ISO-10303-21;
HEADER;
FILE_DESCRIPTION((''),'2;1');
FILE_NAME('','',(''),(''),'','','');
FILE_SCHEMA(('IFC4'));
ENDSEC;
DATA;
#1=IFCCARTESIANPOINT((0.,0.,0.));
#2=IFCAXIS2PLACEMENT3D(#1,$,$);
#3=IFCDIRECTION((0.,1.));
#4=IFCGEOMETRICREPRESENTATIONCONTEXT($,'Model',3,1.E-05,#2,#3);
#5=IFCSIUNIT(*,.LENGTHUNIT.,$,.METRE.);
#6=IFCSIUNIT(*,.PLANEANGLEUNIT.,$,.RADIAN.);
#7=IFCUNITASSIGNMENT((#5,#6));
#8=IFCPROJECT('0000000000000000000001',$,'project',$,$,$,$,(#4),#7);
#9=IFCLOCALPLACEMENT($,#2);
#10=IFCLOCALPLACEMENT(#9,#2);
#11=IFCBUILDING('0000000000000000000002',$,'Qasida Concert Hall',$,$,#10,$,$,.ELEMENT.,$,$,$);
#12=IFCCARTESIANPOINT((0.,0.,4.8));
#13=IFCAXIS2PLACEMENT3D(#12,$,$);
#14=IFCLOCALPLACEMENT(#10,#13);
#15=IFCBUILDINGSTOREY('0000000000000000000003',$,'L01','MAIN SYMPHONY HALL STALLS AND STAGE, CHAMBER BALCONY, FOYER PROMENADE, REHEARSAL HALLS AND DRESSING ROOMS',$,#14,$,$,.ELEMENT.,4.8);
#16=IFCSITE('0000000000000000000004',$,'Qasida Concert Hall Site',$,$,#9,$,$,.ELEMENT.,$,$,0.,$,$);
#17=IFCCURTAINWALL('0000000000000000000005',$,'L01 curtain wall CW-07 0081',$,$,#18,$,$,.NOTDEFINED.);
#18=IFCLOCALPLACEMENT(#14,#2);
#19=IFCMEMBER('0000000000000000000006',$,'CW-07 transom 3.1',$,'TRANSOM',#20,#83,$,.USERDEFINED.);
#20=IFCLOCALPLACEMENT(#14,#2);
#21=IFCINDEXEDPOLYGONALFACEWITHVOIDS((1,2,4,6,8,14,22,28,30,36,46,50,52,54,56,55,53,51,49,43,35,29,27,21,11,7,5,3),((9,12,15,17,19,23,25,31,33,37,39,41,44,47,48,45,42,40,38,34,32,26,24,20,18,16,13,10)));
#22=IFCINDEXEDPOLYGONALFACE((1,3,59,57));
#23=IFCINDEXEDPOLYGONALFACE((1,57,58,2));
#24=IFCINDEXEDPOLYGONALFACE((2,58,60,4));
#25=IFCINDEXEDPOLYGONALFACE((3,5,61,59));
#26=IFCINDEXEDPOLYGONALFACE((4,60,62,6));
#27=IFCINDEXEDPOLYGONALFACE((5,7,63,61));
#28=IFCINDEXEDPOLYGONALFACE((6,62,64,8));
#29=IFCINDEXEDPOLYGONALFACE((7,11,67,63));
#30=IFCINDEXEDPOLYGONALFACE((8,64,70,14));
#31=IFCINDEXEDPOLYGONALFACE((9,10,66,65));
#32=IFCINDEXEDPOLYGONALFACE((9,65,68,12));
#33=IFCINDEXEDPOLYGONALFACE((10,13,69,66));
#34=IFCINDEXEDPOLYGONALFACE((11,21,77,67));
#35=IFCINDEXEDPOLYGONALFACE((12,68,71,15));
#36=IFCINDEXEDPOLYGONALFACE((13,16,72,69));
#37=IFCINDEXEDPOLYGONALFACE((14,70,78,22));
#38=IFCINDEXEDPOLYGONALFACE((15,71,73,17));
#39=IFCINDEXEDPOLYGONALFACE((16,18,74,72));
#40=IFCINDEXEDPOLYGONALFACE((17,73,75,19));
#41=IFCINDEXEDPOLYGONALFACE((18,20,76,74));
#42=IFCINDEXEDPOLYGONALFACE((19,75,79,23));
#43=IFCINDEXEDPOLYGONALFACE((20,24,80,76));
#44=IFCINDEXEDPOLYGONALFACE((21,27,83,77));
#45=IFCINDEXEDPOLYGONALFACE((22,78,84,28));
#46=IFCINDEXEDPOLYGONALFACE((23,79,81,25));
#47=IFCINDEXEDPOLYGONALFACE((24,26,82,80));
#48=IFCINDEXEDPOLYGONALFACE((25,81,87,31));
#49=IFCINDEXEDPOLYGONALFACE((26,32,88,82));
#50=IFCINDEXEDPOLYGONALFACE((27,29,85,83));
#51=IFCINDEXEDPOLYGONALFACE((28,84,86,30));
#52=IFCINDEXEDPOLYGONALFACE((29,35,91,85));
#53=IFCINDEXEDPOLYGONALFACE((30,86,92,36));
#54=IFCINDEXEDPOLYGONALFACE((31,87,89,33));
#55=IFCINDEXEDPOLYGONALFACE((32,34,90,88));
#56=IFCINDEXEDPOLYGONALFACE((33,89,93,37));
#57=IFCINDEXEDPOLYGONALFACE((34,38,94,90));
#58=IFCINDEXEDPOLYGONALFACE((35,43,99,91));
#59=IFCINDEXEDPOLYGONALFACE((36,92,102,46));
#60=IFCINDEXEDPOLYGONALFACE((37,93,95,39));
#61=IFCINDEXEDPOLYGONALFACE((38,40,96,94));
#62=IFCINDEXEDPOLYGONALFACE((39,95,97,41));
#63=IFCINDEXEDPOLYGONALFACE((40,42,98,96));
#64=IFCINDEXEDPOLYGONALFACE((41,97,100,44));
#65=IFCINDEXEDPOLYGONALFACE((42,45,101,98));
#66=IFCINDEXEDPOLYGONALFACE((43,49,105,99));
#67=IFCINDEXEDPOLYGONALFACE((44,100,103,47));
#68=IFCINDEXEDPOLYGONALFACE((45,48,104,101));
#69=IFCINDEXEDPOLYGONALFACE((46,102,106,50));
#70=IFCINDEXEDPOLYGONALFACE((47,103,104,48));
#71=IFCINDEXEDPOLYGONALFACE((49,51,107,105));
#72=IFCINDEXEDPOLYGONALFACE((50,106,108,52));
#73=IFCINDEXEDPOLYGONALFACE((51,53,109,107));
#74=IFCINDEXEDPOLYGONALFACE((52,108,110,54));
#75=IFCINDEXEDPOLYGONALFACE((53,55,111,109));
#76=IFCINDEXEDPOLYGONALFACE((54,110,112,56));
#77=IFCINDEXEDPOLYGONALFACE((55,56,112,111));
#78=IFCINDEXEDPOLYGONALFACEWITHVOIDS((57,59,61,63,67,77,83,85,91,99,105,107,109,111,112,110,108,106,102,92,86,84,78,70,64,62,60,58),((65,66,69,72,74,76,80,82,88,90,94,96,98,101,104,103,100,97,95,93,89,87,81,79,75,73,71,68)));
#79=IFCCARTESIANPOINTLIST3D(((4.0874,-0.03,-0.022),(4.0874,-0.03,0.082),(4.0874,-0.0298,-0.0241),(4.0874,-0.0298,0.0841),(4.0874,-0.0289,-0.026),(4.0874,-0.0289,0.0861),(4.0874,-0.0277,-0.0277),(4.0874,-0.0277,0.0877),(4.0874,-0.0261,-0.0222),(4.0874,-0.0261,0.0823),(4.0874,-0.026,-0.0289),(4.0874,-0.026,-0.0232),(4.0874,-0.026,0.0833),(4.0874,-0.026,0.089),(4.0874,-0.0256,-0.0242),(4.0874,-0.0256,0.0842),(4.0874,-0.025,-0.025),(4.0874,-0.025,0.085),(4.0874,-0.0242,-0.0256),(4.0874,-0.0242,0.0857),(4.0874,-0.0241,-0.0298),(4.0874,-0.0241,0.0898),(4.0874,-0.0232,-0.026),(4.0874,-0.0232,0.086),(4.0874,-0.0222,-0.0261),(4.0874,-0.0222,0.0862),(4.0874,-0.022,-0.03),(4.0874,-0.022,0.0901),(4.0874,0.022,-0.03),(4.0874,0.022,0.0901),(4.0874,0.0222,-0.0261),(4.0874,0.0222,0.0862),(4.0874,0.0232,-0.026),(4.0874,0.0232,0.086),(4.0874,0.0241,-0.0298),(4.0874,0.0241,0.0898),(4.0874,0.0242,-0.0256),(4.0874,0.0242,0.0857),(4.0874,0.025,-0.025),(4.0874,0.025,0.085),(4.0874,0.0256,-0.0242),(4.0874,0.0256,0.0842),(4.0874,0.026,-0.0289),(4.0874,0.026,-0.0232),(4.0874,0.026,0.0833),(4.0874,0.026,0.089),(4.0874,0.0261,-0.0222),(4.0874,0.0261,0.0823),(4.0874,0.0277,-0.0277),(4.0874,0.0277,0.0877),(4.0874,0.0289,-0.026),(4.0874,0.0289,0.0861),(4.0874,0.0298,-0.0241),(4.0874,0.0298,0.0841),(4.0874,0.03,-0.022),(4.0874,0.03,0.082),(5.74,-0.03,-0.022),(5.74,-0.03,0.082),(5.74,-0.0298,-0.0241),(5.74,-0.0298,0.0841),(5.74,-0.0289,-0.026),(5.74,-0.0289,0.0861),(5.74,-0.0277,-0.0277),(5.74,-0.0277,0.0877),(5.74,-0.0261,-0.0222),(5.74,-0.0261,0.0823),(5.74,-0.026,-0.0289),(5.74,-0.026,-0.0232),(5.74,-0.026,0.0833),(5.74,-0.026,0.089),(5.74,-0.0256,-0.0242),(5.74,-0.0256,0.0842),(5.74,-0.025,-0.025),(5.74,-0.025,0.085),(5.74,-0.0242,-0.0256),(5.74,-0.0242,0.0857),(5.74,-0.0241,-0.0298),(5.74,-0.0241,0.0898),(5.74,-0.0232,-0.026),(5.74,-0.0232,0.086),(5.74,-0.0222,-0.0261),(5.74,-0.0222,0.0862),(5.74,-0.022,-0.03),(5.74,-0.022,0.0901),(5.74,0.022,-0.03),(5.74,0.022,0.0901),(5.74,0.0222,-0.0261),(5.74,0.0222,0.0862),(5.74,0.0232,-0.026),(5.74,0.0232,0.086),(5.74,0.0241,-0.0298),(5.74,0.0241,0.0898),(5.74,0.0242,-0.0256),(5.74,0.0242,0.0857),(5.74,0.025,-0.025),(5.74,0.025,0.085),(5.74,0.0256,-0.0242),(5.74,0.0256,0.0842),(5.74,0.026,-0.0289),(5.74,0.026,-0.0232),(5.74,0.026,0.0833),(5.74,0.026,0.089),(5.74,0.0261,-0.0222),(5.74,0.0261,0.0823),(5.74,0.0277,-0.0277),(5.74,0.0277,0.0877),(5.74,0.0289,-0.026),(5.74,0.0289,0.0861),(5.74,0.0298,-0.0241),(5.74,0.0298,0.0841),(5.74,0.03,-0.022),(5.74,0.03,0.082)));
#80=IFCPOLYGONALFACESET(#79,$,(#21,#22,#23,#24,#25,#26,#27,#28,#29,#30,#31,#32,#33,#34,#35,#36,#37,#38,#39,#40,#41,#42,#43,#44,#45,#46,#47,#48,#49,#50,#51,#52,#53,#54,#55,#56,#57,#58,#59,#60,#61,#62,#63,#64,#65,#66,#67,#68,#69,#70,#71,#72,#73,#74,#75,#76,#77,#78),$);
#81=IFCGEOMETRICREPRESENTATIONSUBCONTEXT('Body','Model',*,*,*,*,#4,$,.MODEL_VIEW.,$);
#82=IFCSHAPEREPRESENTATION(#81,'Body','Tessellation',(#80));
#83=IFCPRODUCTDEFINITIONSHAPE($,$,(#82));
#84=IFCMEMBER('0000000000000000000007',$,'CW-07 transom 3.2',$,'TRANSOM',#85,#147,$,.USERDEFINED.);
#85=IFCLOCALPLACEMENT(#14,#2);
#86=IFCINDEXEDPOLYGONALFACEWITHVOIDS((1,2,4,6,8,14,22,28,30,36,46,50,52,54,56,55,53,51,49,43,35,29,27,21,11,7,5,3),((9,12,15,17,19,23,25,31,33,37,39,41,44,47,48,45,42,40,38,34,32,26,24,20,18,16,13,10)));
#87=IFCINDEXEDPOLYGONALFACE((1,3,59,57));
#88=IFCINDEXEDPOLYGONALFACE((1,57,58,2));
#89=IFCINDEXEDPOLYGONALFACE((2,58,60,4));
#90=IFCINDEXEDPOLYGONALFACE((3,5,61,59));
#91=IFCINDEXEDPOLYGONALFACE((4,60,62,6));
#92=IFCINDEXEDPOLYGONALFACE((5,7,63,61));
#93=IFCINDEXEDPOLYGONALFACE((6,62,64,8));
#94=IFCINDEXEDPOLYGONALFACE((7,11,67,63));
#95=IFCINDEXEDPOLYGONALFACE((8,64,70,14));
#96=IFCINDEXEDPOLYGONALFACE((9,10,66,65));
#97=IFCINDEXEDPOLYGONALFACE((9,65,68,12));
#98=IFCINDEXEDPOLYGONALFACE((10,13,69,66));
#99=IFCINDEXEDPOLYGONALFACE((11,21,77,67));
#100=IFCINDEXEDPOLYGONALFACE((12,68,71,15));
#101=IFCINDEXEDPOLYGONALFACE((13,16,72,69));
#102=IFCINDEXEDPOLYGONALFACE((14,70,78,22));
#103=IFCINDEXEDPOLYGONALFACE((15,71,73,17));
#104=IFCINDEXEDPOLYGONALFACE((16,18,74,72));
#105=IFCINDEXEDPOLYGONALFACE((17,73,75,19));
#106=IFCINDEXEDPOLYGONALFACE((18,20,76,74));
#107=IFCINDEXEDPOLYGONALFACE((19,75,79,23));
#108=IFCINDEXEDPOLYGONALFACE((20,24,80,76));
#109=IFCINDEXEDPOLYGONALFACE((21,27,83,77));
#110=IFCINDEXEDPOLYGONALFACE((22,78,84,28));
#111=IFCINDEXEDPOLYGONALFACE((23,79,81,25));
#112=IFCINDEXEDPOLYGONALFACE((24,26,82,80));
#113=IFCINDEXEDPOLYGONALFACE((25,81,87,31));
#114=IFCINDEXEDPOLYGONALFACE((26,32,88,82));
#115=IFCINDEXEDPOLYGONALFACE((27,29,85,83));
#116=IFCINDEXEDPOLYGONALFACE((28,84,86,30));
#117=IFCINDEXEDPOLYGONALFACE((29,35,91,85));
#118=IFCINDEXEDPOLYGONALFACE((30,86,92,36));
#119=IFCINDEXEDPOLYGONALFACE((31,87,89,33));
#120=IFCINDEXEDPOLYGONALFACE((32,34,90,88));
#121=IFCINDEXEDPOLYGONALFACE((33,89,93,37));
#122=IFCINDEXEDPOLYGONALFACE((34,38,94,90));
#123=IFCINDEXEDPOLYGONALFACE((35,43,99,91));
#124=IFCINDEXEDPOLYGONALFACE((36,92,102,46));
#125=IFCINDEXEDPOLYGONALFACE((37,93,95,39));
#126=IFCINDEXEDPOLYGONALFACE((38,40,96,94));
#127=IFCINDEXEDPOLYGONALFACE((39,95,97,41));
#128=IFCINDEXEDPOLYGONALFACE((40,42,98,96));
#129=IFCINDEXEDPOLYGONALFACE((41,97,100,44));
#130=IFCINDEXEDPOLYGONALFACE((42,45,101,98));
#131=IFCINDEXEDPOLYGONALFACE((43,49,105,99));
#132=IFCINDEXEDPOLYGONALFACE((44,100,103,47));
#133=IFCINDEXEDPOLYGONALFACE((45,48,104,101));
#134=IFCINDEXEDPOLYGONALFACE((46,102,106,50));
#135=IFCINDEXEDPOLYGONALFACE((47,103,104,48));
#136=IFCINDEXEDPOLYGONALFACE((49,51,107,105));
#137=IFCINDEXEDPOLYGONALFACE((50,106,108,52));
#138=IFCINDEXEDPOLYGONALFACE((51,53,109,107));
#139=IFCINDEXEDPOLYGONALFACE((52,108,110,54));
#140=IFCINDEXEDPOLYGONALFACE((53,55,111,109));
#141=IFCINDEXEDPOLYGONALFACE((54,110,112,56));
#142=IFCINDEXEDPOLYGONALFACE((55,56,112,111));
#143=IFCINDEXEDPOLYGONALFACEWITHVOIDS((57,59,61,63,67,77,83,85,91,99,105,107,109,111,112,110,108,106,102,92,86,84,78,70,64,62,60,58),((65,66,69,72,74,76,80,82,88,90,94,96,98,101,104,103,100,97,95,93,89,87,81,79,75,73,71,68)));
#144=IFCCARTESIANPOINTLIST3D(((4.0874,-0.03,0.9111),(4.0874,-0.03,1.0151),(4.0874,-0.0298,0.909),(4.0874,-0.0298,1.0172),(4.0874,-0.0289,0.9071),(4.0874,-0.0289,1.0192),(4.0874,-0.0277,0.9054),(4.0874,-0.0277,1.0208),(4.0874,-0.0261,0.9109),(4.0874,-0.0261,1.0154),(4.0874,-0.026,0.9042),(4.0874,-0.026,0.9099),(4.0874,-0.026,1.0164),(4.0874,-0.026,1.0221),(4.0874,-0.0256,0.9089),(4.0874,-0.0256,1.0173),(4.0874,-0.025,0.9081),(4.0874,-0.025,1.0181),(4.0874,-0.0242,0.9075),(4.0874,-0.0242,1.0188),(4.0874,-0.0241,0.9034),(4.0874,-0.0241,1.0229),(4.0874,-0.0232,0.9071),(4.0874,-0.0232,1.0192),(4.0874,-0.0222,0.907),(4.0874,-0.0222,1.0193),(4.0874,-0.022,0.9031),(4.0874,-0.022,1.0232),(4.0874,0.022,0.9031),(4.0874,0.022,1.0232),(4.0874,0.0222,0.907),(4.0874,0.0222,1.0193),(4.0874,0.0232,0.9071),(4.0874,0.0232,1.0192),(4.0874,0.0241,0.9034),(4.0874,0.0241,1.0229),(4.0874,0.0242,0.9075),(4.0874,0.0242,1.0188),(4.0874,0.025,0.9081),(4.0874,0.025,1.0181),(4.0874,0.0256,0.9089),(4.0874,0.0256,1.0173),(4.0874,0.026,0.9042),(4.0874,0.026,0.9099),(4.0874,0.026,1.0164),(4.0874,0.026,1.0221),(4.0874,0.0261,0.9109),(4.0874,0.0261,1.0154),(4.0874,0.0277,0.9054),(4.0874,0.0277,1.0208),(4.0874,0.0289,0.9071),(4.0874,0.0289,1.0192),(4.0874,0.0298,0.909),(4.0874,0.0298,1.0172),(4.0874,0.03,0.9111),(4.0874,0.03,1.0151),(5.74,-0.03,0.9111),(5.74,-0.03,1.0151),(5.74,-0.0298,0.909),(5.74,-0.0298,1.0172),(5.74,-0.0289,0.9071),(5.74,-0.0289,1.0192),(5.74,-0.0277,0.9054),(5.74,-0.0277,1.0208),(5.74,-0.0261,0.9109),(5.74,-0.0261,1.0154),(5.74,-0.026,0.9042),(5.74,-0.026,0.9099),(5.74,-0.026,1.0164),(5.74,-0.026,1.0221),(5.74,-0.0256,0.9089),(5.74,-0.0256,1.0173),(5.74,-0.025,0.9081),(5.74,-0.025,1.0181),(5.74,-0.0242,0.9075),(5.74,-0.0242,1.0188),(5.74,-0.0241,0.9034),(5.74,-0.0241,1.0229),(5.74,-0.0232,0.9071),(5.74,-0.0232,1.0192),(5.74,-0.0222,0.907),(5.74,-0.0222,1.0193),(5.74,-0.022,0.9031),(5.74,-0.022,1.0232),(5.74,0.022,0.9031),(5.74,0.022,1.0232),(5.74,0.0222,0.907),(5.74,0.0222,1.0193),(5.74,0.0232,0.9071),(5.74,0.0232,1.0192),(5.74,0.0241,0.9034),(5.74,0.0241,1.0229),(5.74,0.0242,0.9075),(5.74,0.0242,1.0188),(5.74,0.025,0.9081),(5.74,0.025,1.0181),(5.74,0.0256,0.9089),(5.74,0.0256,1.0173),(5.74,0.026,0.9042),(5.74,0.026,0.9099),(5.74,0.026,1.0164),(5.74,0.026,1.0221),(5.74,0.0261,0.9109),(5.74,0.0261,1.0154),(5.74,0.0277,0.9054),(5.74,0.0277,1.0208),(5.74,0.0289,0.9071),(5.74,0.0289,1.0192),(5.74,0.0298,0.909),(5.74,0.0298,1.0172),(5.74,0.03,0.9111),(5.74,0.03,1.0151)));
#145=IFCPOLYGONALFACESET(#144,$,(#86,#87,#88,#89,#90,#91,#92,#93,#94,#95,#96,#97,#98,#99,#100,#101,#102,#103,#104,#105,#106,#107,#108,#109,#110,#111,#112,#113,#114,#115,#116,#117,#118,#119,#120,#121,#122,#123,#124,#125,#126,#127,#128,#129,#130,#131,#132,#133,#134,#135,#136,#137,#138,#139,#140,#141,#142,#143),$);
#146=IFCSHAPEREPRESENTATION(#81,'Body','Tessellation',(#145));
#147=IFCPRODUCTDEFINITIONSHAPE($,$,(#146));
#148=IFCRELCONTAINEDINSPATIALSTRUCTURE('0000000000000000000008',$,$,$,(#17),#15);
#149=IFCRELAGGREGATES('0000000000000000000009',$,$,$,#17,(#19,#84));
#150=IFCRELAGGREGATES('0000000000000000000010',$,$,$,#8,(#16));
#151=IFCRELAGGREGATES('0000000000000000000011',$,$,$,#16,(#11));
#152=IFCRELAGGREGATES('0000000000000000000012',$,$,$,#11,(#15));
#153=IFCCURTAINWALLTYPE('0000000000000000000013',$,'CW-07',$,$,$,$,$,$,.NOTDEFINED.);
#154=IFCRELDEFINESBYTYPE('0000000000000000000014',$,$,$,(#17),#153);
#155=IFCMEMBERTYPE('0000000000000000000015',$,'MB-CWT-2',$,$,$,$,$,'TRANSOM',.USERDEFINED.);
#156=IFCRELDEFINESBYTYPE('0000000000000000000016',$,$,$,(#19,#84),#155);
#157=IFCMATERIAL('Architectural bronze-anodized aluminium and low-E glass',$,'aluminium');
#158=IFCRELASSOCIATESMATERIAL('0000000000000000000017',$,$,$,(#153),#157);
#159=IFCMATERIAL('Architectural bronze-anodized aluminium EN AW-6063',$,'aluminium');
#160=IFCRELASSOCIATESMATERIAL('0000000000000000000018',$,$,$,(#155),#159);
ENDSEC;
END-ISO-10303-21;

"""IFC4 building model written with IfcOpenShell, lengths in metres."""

from ifc_helpers import new_model, si_unit, direction, frame, origin, origin_2d, place, context, subcontext, project, spatial, hollow_rectangle, extrude, material, material_profile, profile_set, type_object, element, aggregate, save


model = new_model("IFC4")

# Units and contexts
model_context = context("Model", 3, precision=1e-05, world=origin(), true_north=direction((0.0, 1.0)))
body_context = subcontext(model_context, "Body", "Model", "MODEL_VIEW")
ifc_project = project(units=[si_unit("LENGTHUNIT", "METRE"), si_unit("PLANEANGLEUNIT", "RADIAN")], contexts=[model_context])

# Site, building, storey
site_placement = place(None, origin())
site = spatial("IfcSite", under=ifc_project, at=site_placement, Name="Qasida Concert Hall Site", CompositionType="ELEMENT", RefElevation=0.0)
building_placement = place(site_placement, origin())
building = spatial("IfcBuilding", under=site, at=building_placement, Name="Qasida Concert Hall", CompositionType="ELEMENT")
storey_placement = place(building_placement, frame((0.0, 0.0, 4.8)))
storey = spatial("IfcBuildingStorey", under=building, at=storey_placement, Name="L01", Description="MAIN SYMPHONY HALL STALLS AND STAGE, CHAMBER BALCONY, FOYER PROMENADE, REHEARSAL HALLS AND DRESSING ROOMS", CompositionType="ELEMENT", Elevation=4.8)

# Curtain wall, members
ifc_material_1 = material(Name="Architectural bronze-anodized aluminium and low-E glass", Category="aluminium")
curtain_wall_type = type_object("IfcCurtainWallType", Name="CW-07", PredefinedType="NOTDEFINED", material=ifc_material_1)
curtain_wall_placement = place(storey_placement, origin())
curtain_wall = element("IfcCurtainWall", 1, at=curtain_wall_placement, inside=storey, type_object=curtain_wall_type, Name="L01 curtain wall CW-07 0081", PredefinedType="NOTDEFINED")
ifc_material_2 = material(Name="Architectural bronze-anodized aluminium EN AW-6063", Category="aluminium")
ifc_material_profile_1 = material_profile(ifc_material_2, hollow_rectangle(XDim=0.0601, YDim=0.1201, WallThickness=0.0039, InnerFilletRadius=0.0039, OuterFilletRadius=0.0081, at=origin_2d()), Name="CWT 120x60x4")
ifc_profile_set_1 = profile_set([ifc_material_profile_1], Name="Architectural bronze-anodized aluminium EN AW-6063")
member_type_1 = type_object("IfcMemberType", Name="MB-CWT-2", ElementType="TRANSOM", PredefinedType="USERDEFINED", material=ifc_profile_set_1)
member_1_placement = place(storey_placement, frame((4.0874, 0.0, 0.03), z_axis=(1.0, 0.0, 0.0), x_axis=(0.0, 1.0, 0.0)))
member_1 = element("IfcMember", 2, at=member_1_placement, type_object=member_type_1, Name="CW-07 transom 3.1", ObjectType="TRANSOM", PredefinedType="USERDEFINED", context=body_context, shape_type="SweptSolid", body=[
    extrude(hollow_rectangle(XDim=0.0601, YDim=0.1201, WallThickness=0.0039, InnerFilletRadius=0.0039, OuterFilletRadius=0.0081, at=origin_2d()), origin(), (0.0, 0.0, 1.0), 1.6526),
])
member_2_placement = place(storey_placement, frame((4.0874, 0.0, 0.9631), z_axis=(1.0, 0.0, 0.0), x_axis=(0.0, 1.0, 0.0)))
member_2 = element("IfcMember", 3, at=member_2_placement, type_object=member_type_1, Name="CW-07 transom 3.2", ObjectType="TRANSOM", PredefinedType="USERDEFINED", context=body_context, shape_type="SweptSolid", body=[
    extrude(hollow_rectangle(XDim=0.0601, YDim=0.1201, WallThickness=0.0039, InnerFilletRadius=0.0039, OuterFilletRadius=0.0081, at=origin_2d()), origin(), (0.0, 0.0, 1.0), 1.6526),
])
aggregate(curtain_wall, [member_1, member_2])

save(model, "model.ifc")
